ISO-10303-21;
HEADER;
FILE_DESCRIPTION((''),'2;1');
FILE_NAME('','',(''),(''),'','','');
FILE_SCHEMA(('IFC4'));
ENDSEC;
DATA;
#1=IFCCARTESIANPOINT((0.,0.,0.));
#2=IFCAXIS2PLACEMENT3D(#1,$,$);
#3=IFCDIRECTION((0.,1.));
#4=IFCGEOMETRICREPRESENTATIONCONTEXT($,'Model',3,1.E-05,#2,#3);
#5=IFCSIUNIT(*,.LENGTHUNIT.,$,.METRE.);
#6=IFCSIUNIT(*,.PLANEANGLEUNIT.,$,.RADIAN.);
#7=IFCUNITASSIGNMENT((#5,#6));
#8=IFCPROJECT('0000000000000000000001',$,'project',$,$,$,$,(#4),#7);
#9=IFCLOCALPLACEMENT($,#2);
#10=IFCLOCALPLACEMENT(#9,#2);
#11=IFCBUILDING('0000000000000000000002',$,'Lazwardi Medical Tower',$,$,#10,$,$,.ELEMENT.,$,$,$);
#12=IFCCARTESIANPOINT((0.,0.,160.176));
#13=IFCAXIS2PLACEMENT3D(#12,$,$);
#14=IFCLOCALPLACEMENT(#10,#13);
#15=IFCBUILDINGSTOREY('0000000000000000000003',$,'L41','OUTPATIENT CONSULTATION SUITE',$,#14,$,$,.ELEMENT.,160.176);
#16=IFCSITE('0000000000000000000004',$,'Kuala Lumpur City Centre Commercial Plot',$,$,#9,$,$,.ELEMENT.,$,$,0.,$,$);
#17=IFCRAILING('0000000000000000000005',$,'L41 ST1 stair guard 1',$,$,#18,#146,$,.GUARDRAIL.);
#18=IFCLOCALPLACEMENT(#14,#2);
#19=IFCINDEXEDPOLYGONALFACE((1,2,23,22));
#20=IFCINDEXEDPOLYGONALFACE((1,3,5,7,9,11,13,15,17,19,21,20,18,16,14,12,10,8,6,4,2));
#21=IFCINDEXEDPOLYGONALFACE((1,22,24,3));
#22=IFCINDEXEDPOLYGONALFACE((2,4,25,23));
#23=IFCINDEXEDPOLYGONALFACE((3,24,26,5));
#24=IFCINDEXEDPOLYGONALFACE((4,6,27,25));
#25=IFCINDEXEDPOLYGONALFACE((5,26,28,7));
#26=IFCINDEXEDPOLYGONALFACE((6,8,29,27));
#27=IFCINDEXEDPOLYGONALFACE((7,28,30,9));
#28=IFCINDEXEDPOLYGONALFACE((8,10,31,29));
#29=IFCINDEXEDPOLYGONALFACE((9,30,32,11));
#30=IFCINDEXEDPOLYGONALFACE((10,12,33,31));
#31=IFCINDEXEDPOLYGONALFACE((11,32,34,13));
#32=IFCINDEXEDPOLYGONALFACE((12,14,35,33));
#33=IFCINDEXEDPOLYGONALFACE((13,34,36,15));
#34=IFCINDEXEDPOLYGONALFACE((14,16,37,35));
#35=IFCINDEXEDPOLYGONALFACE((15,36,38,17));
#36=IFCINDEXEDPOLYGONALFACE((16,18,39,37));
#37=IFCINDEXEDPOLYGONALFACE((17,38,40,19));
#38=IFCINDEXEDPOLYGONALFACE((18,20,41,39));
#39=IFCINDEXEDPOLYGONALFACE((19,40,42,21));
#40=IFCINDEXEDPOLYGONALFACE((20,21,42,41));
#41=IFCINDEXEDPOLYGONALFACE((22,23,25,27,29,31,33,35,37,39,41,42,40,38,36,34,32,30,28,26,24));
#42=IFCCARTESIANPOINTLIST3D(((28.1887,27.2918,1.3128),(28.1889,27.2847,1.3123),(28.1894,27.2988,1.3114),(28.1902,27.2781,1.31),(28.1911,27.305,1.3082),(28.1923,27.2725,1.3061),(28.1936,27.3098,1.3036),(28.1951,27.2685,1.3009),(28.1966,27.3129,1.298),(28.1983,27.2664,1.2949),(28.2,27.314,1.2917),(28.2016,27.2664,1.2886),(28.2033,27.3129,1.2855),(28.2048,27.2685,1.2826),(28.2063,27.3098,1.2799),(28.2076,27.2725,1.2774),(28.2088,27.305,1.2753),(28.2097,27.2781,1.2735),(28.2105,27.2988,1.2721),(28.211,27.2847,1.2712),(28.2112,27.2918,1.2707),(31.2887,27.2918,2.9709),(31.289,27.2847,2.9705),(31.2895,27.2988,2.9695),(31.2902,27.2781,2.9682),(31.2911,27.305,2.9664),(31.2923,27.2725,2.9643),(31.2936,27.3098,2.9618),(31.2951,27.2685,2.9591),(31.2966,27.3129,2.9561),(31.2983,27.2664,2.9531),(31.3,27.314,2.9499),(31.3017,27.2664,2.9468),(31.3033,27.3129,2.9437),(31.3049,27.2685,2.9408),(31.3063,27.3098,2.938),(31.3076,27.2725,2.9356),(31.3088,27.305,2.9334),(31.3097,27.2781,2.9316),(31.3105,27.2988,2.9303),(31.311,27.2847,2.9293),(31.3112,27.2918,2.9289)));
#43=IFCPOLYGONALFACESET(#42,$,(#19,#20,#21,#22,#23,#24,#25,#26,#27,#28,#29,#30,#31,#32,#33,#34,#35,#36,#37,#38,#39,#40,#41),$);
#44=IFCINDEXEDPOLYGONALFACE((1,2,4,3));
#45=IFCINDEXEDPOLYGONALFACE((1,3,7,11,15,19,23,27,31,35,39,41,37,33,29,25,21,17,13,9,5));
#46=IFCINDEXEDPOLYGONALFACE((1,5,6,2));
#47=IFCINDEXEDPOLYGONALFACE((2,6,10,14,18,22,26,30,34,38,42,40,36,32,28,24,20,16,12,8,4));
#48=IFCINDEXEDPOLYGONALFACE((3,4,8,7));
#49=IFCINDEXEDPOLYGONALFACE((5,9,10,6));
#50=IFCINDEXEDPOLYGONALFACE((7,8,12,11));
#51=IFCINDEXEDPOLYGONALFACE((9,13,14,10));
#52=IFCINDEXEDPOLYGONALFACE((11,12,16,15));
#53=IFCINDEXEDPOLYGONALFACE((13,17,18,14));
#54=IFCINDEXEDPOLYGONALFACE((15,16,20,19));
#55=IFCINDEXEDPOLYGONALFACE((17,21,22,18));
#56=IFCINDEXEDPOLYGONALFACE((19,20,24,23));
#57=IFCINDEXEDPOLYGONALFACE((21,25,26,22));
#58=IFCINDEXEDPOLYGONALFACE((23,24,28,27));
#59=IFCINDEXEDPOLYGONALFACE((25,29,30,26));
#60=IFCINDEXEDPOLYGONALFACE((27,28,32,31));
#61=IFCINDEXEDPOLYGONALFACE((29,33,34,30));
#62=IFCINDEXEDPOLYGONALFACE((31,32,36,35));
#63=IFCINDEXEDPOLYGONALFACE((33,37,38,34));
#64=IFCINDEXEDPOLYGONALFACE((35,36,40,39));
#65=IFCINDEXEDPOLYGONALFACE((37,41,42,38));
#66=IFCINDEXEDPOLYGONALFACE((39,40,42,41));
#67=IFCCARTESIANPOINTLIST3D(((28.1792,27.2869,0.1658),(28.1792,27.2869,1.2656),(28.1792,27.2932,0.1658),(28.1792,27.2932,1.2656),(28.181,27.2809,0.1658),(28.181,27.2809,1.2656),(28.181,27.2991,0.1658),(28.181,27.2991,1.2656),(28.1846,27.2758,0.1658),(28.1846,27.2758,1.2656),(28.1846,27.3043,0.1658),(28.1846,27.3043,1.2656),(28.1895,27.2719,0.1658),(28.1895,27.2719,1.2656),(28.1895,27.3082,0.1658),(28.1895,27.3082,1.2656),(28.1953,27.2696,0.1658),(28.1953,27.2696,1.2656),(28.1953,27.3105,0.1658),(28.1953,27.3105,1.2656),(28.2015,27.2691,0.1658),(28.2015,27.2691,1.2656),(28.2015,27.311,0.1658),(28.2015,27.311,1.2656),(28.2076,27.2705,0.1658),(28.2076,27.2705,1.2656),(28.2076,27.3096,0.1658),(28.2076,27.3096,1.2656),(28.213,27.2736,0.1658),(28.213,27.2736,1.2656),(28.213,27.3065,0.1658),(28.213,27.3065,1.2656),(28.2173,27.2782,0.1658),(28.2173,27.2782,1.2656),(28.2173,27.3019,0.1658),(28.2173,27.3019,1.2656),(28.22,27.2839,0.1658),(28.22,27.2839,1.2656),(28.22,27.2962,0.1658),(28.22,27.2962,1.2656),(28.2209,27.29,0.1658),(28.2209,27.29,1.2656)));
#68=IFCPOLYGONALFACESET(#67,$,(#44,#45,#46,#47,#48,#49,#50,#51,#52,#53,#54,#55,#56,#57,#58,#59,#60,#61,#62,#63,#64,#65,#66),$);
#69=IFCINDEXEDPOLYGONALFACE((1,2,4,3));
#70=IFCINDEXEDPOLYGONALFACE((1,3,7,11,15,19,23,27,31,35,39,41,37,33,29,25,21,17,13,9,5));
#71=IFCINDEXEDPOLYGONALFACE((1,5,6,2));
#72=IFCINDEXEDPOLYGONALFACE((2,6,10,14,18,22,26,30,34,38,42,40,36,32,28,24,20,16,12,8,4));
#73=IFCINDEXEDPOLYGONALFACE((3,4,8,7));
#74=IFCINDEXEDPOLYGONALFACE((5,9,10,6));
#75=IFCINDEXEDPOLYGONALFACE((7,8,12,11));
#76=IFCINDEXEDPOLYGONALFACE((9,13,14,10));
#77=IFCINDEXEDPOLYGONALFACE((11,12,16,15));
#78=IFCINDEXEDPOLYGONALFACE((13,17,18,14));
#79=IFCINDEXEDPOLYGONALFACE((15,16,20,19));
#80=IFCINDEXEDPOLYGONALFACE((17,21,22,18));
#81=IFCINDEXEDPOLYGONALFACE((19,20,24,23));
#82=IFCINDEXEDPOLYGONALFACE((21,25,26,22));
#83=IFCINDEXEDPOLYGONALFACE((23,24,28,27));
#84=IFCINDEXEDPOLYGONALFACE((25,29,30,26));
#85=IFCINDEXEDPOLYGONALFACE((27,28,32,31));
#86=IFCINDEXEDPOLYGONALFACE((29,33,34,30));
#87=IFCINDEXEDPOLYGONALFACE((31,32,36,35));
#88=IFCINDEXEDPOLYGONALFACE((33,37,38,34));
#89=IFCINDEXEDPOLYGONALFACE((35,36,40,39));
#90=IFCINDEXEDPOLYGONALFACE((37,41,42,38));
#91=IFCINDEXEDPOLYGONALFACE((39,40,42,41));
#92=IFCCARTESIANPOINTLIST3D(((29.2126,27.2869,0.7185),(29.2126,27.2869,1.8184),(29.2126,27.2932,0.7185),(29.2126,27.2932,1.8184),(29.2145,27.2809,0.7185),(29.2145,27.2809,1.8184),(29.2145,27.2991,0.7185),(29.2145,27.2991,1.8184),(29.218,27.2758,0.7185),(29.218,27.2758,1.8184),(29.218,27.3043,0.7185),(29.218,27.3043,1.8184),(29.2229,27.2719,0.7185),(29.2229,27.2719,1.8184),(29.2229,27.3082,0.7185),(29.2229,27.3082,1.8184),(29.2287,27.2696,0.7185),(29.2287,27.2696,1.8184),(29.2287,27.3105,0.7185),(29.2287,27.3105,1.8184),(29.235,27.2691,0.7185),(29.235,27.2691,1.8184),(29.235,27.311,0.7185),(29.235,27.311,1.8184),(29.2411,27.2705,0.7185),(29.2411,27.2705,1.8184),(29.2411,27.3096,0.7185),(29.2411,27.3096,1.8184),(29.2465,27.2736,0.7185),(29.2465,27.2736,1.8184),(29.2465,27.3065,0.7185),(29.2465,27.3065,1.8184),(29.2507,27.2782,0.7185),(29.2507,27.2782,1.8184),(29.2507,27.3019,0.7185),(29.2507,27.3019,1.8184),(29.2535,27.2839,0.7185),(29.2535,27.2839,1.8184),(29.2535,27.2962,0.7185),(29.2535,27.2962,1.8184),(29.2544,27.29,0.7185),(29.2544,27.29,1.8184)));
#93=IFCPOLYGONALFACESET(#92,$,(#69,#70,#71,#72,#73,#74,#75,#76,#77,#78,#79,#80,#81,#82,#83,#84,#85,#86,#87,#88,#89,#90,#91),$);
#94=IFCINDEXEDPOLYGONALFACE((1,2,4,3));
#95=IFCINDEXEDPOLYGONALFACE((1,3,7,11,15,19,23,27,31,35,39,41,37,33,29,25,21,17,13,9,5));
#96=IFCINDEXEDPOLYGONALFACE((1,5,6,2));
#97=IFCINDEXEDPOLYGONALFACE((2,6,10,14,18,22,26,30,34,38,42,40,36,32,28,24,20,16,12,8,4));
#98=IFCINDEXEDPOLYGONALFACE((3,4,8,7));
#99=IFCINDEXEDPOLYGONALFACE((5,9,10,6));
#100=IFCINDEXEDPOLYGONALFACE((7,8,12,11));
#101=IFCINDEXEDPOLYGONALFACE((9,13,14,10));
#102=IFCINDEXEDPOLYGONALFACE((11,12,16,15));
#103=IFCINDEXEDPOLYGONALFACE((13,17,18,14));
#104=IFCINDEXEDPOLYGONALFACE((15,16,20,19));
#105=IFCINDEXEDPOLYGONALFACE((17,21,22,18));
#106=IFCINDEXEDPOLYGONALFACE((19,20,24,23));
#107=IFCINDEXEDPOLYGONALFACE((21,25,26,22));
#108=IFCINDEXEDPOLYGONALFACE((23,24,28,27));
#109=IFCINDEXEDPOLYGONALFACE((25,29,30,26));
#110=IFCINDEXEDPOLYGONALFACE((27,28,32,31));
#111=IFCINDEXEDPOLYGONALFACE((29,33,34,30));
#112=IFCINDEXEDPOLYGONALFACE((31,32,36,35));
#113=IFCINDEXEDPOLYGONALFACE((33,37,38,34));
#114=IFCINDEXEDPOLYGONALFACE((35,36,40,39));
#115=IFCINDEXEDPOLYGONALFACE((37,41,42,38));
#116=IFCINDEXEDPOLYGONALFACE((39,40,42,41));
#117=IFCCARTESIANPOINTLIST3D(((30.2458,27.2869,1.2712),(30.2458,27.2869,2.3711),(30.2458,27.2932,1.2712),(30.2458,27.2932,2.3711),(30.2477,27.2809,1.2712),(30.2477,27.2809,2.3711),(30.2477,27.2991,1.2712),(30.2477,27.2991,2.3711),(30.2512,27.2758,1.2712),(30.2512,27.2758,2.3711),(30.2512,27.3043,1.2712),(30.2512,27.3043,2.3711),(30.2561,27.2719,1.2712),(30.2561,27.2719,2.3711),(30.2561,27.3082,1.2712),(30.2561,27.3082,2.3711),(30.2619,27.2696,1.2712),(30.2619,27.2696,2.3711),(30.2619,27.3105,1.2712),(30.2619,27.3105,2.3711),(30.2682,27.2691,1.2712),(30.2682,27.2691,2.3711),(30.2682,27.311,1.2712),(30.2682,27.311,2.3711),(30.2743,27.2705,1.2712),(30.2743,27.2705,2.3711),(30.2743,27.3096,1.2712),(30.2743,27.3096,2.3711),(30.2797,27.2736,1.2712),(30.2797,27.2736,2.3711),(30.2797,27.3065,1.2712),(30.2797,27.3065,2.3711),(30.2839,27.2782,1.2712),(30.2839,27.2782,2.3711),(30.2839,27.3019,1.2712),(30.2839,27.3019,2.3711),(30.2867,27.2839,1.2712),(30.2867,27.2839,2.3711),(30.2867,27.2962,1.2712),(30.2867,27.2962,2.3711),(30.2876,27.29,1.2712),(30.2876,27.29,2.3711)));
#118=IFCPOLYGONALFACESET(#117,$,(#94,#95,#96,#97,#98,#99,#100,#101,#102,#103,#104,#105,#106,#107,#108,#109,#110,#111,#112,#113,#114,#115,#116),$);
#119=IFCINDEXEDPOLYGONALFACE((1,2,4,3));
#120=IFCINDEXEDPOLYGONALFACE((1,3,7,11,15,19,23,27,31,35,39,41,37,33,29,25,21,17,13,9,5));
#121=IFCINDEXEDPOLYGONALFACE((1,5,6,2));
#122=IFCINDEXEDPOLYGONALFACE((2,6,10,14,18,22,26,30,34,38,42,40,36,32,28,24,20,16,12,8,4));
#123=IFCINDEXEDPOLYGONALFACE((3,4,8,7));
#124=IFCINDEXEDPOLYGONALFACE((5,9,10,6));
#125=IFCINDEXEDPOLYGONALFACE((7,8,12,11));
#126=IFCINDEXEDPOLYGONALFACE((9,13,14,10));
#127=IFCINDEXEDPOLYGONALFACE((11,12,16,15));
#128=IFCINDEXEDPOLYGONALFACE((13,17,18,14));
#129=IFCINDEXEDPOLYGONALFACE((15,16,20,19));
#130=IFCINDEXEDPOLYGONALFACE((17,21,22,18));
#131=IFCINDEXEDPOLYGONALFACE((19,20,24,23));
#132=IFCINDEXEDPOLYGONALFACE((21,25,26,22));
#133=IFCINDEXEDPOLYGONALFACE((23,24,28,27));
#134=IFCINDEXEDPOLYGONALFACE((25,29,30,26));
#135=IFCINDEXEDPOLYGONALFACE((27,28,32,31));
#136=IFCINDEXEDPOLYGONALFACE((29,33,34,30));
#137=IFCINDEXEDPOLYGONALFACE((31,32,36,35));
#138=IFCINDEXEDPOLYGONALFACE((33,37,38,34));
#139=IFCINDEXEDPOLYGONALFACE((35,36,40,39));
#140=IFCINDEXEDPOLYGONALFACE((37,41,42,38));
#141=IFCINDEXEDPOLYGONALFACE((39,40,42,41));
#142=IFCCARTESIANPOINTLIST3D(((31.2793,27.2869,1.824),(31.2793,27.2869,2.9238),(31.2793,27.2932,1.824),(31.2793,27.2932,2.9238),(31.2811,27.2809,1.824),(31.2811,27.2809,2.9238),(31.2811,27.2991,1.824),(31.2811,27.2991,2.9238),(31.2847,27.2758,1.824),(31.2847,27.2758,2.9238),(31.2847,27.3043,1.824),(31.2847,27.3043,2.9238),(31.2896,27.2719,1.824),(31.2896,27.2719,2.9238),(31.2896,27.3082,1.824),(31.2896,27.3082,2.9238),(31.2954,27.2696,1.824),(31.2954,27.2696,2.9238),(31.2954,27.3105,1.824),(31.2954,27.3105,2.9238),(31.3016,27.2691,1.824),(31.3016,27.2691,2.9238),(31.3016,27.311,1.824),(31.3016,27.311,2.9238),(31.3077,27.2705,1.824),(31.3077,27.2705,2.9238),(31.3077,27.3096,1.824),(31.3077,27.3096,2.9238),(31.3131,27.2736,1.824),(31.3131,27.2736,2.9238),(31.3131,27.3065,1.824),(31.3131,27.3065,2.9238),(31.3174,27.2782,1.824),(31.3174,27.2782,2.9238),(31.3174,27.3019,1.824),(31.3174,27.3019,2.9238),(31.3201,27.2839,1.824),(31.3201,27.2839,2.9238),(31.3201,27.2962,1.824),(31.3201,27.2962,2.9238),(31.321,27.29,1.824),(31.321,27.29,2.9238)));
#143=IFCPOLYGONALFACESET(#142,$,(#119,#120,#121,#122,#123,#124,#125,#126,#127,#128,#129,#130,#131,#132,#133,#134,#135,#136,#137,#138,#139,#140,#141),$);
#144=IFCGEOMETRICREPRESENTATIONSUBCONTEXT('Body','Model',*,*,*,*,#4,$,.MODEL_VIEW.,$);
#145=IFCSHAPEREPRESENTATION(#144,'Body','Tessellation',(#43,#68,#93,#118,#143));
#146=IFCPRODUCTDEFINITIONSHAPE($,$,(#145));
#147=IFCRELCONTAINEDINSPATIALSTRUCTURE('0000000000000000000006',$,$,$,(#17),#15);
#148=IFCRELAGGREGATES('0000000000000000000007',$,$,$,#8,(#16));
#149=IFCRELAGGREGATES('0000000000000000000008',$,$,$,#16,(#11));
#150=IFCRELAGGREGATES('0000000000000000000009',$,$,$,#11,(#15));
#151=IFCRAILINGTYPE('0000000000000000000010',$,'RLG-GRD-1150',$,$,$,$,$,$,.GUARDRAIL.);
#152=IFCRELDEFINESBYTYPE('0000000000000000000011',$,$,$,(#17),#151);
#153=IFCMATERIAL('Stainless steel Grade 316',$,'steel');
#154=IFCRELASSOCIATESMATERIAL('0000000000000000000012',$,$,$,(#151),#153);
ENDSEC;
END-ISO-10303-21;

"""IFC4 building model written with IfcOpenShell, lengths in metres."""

from ifc_helpers import new_model, si_unit, direction, frame, origin, origin_2d, place, context, subcontext, project, spatial, circle, extrude, material, type_object, element, save


model = new_model("IFC4")

# Units and contexts
model_context = context("Model", 3, precision=1e-05, world=origin(), true_north=direction((0.0, 1.0)))
body_context = subcontext(model_context, "Body", "Model", "MODEL_VIEW")
ifc_project = project(units=[si_unit("LENGTHUNIT", "METRE"), si_unit("PLANEANGLEUNIT", "RADIAN")], contexts=[model_context])

# Site, building, storey
site_placement = place(None, origin())
site = spatial("IfcSite", under=ifc_project, at=site_placement, Name="Kuala Lumpur City Centre Commercial Plot", CompositionType="ELEMENT", RefElevation=0.0)
building_placement = place(site_placement, origin())
building = spatial("IfcBuilding", under=site, at=building_placement, Name="Lazwardi Medical Tower", CompositionType="ELEMENT")
storey_placement = place(building_placement, frame((0.0, 0.0, 160.176)))
storey = spatial("IfcBuildingStorey", under=building, at=storey_placement, Name="L41", Description="OUTPATIENT CONSULTATION SUITE", CompositionType="ELEMENT", Elevation=160.176)

# Railing
ifc_material_1 = material(Name="Stainless steel Grade 316", Category="steel")
railing_type_1 = type_object("IfcRailingType", Name="RLG-GRD-1150", PredefinedType="GUARDRAIL", material=ifc_material_1)
railing_1_placement = place(storey_placement, frame((28.2, 27.29, 0.1658)))
element("IfcRailing", 1, at=railing_1_placement, inside=storey, type_object=railing_type_1, Name="L41 ST1 stair guard 1", PredefinedType="GUARDRAIL", context=body_context, shape_type="SweptSolid", body=[
    extrude(circle(Radius=0.0239, at=origin_2d()), frame((0.0, 0.0, 1.126), z_axis=(0.881783, 0.0, 0.471655), x_axis=(0.0, 1.0, 0.0)), (0.0, 0.0, 1.0), 3.5156),
    extrude(circle(Radius=0.021, at=origin_2d()), origin(), (0.0, 0.0, 1.0), 1.0999),
    extrude(circle(Radius=0.021, at=origin_2d()), frame((1.0334, 0.0, 0.5527)), (0.0, 0.0, 1.0), 1.0999),
    extrude(circle(Radius=0.021, at=origin_2d()), frame((2.0667, 0.0, 1.1055)), (0.0, 0.0, 1.0), 1.0999),
    extrude(circle(Radius=0.021, at=origin_2d()), frame((3.1001, 0.0, 1.6582)), (0.0, 0.0, 1.0), 1.0999),
])

save(model, "model.ifc")
